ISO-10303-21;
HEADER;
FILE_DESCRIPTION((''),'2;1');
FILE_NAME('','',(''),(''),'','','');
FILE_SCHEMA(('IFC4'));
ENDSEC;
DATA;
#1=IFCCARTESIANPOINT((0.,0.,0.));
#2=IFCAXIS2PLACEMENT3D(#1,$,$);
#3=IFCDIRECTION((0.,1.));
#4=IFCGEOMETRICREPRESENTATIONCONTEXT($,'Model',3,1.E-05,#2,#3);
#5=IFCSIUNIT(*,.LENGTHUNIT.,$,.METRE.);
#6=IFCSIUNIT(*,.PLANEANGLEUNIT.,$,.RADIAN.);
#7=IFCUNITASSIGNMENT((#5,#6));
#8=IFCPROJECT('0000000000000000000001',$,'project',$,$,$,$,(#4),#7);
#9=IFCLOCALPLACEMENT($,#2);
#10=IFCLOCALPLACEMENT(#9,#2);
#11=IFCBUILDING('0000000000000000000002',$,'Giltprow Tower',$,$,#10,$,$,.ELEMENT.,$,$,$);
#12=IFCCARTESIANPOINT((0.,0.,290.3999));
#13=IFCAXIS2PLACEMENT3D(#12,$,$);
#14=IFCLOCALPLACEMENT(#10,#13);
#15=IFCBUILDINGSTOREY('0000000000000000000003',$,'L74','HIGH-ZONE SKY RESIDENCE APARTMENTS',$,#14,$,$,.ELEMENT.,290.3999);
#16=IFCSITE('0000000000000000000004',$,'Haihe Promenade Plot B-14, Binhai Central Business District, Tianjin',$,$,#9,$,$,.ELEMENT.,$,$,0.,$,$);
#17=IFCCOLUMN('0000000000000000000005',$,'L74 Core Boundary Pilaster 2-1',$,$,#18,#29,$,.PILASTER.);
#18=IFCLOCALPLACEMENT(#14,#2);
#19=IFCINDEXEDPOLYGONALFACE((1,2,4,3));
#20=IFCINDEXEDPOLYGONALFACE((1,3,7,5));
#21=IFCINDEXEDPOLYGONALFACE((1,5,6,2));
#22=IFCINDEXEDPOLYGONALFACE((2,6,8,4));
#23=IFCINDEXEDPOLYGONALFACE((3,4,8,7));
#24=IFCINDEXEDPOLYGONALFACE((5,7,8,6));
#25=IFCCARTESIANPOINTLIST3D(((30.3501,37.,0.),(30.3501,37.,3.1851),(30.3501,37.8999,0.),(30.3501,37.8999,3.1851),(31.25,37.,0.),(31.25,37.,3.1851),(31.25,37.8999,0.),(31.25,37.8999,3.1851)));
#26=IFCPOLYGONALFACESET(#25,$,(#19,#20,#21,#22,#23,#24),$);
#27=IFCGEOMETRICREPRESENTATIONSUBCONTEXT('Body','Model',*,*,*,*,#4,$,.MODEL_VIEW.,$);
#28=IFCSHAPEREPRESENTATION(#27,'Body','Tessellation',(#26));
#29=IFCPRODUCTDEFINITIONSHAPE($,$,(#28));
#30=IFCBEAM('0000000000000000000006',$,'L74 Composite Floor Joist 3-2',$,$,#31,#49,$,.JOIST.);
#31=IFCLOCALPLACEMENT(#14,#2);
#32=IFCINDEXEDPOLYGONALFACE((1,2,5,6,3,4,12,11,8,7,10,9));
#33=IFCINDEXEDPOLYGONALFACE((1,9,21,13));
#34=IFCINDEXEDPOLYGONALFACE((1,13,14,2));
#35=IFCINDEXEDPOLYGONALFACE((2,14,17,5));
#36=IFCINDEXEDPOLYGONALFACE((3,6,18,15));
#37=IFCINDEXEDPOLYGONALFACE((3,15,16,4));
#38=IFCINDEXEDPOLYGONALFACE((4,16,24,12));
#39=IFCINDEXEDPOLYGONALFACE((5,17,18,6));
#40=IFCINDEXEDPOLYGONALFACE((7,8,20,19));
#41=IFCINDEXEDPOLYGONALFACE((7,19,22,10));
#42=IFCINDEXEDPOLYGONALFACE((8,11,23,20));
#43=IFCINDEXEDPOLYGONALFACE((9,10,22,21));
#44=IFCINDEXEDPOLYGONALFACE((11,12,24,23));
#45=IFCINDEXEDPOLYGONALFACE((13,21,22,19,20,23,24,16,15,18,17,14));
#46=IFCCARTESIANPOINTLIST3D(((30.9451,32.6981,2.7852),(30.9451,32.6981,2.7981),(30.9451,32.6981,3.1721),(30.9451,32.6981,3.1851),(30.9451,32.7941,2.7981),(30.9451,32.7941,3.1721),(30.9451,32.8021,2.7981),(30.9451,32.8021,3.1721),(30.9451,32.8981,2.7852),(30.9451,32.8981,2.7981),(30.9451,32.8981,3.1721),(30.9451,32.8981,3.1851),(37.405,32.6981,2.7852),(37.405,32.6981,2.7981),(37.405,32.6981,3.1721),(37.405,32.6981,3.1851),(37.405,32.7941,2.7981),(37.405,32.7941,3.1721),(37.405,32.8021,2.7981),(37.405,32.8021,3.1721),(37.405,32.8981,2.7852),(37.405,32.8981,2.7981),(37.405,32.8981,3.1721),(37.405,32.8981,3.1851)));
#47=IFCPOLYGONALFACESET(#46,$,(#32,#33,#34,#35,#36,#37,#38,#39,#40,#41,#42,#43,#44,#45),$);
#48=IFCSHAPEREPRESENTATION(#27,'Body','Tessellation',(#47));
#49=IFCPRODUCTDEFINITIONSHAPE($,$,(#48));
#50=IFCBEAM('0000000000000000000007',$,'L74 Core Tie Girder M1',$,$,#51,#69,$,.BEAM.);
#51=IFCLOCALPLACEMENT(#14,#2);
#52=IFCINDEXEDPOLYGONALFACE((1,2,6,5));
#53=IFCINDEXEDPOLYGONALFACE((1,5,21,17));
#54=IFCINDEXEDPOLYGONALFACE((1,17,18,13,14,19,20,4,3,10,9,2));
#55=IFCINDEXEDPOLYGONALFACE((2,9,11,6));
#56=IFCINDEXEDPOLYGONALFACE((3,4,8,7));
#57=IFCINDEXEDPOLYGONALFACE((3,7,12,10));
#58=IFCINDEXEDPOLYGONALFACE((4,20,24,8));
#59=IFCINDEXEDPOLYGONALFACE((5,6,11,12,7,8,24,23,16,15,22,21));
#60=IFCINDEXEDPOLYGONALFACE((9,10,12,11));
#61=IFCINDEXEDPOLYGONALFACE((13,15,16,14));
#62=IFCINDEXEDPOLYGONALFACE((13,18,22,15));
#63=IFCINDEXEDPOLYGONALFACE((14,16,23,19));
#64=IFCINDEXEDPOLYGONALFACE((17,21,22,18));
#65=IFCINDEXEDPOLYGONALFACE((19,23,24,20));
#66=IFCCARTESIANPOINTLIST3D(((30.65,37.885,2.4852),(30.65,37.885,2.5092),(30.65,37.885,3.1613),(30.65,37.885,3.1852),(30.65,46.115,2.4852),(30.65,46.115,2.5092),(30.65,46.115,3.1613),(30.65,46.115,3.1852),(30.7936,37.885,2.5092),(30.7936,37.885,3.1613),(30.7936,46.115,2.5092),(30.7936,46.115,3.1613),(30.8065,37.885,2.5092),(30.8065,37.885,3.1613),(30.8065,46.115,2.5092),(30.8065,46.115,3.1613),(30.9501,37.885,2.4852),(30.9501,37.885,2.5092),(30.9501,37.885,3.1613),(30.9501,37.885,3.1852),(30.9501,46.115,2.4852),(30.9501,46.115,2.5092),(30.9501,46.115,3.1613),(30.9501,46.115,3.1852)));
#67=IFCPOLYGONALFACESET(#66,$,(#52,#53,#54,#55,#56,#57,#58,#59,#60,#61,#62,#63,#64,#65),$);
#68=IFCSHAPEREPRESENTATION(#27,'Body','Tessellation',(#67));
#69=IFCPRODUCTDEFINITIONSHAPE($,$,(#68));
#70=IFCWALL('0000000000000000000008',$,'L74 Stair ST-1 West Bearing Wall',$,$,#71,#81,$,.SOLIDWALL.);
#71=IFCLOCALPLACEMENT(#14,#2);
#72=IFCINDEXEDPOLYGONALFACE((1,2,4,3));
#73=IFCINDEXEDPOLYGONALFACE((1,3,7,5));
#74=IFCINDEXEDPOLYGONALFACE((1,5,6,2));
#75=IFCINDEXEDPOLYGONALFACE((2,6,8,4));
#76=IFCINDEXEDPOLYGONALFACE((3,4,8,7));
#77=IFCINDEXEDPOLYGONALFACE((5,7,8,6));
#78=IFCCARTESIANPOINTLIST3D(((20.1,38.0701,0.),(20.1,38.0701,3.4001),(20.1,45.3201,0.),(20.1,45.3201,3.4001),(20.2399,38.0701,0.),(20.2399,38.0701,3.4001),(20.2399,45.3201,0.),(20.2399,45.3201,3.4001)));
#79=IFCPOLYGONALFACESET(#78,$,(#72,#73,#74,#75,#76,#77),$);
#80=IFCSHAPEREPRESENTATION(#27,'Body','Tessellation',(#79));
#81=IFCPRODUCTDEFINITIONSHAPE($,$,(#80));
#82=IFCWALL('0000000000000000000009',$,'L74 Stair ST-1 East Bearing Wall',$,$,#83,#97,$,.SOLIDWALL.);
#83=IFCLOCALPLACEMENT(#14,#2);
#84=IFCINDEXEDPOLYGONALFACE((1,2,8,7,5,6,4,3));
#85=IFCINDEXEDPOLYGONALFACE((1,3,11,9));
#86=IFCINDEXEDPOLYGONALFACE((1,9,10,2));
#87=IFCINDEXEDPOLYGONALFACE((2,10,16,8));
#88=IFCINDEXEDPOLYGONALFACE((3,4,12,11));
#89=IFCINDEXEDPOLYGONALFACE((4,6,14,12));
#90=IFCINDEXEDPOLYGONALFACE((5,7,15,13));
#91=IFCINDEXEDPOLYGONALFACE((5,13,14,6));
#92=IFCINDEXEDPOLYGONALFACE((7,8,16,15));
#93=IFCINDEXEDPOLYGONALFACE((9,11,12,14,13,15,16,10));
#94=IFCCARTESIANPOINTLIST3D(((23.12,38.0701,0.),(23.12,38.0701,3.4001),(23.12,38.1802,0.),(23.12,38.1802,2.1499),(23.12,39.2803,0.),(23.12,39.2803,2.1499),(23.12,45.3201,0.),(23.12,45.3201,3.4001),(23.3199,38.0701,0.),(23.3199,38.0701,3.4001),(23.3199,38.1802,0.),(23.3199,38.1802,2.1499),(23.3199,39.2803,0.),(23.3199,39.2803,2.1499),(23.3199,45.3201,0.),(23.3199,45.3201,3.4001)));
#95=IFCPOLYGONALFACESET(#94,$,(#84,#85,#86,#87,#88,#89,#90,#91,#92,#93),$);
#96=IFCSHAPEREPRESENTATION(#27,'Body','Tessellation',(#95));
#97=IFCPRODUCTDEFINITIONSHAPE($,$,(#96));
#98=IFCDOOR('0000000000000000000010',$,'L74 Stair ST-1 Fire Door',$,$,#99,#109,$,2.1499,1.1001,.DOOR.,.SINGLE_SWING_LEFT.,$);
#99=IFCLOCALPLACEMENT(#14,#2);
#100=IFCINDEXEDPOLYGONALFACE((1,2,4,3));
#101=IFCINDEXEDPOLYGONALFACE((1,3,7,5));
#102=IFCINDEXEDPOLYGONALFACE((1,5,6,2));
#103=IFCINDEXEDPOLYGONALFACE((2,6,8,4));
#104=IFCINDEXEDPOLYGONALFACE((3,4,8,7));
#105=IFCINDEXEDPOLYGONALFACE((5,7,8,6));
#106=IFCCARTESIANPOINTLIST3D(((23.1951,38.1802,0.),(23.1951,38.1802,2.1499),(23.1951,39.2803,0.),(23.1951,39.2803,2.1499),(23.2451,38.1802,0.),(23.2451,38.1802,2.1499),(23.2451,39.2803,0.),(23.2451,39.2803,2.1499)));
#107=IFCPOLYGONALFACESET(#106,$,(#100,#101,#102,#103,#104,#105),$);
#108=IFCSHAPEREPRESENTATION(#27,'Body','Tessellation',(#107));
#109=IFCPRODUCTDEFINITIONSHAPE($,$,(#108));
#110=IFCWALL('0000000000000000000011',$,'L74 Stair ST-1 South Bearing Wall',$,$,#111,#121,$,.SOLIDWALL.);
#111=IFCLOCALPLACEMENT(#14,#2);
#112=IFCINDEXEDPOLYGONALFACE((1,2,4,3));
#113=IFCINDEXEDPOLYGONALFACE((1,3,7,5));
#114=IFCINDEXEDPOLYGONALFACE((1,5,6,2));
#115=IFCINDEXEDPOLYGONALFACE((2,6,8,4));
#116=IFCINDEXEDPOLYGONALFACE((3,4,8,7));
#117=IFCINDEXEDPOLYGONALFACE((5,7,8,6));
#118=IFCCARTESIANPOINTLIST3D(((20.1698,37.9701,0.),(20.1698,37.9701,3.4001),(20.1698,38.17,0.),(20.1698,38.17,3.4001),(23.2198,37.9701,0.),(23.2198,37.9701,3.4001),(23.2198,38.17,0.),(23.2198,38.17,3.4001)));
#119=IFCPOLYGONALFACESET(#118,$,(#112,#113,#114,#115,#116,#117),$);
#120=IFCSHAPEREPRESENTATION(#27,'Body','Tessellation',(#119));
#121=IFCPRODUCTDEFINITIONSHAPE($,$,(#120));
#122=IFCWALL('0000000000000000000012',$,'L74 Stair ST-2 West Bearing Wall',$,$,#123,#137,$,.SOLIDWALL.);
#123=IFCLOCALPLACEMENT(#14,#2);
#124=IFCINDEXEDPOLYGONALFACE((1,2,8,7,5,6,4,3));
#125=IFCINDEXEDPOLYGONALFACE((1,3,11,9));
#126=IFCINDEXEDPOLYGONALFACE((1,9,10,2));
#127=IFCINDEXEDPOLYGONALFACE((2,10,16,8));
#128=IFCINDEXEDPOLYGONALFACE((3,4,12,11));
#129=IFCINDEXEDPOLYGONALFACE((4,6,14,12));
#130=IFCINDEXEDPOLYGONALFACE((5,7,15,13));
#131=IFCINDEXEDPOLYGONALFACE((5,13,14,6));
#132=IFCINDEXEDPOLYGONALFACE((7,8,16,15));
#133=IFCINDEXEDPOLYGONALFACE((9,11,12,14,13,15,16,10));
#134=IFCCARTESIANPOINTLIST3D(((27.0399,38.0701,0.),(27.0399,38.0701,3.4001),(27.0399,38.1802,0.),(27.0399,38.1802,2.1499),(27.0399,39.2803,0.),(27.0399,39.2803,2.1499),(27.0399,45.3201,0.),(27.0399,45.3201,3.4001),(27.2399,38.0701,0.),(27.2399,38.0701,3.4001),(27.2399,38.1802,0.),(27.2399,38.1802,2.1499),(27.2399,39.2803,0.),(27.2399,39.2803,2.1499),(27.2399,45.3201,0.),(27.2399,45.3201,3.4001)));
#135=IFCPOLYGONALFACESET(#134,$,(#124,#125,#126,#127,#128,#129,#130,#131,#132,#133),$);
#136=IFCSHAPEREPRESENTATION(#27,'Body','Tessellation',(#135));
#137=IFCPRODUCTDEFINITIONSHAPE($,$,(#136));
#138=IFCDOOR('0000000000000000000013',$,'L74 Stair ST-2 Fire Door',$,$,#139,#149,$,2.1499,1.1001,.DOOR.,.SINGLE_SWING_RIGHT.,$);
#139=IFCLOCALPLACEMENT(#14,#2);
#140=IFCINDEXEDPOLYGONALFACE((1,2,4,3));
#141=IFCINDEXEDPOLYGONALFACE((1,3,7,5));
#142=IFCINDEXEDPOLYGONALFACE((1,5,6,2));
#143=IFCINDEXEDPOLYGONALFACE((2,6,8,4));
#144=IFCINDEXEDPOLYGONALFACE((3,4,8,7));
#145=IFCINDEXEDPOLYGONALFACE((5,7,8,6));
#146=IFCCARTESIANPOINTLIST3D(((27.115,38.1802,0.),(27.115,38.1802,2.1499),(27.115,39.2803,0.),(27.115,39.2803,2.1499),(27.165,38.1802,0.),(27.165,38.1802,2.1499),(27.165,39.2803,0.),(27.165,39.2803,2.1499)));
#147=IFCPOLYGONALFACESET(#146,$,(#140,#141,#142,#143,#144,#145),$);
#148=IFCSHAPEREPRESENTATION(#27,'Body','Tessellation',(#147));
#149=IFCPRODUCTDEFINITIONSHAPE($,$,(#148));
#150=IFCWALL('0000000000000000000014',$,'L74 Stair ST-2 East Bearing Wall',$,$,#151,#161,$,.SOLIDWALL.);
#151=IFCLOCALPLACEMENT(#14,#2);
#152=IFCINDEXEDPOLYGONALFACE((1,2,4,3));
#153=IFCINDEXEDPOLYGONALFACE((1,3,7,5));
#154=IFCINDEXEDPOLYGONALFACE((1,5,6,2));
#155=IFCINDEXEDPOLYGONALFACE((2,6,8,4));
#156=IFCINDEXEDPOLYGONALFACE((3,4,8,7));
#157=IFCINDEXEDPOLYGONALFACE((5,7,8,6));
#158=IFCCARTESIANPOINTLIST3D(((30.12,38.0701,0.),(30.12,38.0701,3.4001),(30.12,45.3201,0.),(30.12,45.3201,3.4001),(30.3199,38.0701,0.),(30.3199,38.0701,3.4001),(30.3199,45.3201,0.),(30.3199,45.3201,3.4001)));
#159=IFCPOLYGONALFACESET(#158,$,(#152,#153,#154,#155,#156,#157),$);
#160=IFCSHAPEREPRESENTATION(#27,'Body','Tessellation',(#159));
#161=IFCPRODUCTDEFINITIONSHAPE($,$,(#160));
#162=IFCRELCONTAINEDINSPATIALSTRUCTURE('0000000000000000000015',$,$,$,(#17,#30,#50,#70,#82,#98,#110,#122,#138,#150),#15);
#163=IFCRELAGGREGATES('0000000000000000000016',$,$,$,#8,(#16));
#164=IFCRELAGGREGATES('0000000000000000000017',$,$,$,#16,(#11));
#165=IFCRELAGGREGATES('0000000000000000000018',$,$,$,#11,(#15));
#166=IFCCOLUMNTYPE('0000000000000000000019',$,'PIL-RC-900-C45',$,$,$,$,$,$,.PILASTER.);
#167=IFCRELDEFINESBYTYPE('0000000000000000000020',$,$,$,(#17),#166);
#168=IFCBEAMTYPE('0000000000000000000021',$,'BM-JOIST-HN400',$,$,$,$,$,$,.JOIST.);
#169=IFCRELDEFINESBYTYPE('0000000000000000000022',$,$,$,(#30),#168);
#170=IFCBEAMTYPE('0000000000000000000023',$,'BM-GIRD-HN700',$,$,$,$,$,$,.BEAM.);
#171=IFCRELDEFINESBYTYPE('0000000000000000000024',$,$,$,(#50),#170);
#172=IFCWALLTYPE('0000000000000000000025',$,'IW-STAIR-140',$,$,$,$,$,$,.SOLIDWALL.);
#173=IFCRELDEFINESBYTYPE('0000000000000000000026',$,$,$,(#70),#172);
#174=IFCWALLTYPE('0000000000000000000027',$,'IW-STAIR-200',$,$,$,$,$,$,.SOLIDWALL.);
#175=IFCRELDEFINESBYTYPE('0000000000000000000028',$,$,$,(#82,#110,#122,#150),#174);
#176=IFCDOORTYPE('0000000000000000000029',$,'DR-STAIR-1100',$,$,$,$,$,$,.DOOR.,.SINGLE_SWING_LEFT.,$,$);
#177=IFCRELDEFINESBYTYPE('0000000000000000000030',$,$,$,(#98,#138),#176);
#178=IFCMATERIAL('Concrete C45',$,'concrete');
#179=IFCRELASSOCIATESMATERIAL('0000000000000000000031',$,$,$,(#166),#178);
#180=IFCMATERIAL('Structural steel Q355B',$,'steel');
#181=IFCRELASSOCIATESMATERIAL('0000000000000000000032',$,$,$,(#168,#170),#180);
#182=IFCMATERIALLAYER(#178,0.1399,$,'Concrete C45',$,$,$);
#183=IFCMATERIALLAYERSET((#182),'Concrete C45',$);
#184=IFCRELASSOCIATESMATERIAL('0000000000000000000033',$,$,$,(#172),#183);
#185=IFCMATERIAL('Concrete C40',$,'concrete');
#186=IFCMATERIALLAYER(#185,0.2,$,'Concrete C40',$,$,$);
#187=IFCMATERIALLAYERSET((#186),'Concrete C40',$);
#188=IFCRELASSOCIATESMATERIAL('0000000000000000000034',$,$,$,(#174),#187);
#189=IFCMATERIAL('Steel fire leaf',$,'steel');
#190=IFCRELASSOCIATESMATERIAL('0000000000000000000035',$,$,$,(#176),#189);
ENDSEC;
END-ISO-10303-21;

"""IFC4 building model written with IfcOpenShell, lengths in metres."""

from ifc_helpers import new_model, si_unit, direction, frame, frame_2d, origin, origin_2d, place, context, subcontext, project, spatial, rectangle, i_section, extrude, source, transform, mapped, material, layer, layer_set, material_profile, profile_set, type_object, element, fill, save


model = new_model("IFC4")

# Units and contexts
model_context = context("Model", 3, precision=1e-05, world=origin(), true_north=direction((0.0, 1.0)))
body_context = subcontext(model_context, "Body", "Model", "MODEL_VIEW")
ifc_project = project(units=[si_unit("LENGTHUNIT", "METRE"), si_unit("PLANEANGLEUNIT", "RADIAN")], contexts=[model_context])

# Site, building, storey
site_placement = place(None, origin())
site = spatial("IfcSite", under=ifc_project, at=site_placement, Name="Haihe Promenade Plot B-14, Binhai Central Business District, Tianjin", CompositionType="ELEMENT", RefElevation=0.0)
building_placement = place(site_placement, origin())
building = spatial("IfcBuilding", under=site, at=building_placement, Name="Giltprow Tower", CompositionType="ELEMENT")
storey_placement = place(building_placement, frame((0.0, 0.0, 290.3999)))
storey = spatial("IfcBuildingStorey", under=building, at=storey_placement, Name="L74", Description="HIGH-ZONE SKY RESIDENCE APARTMENTS", CompositionType="ELEMENT", Elevation=290.3999)

# Column
ifc_material_1 = material(Name="Concrete C45", Category="concrete")
ifc_material_profile_1 = material_profile(ifc_material_1, rectangle(XDim=0.8999, YDim=0.8999, at=origin_2d()), Name="RC 900x900")
ifc_profile_set_1 = profile_set([ifc_material_profile_1], Name="Concrete C45")
column_type = type_object("IfcColumnType", Name="PIL-RC-900-C45", PredefinedType="PILASTER", material=ifc_profile_set_1)
shared_shape_1 = source(origin(), body_context, "Body", "SweptSolid", [
    extrude(rectangle(XDim=0.8999, YDim=0.8999, at=origin_2d()), origin(), (0.0, 0.0, 1.0), 3.1851),
])
column_placement = place(storey_placement, frame((30.8, 37.45, 0.0), z_axis=(0.0, 0.0, 1.0), x_axis=(1.0, 0.0, 0.0)))
element("IfcColumn", 1, at=column_placement, inside=storey, type_object=column_type, Name="L74 Core Boundary Pilaster 2-1", PredefinedType="PILASTER", context=body_context, shape_type="MappedRepresentation", body=[
    mapped(shared_shape_1, transform((0.0, 0.0, 0.0), x_axis=(1.0, 0.0, 0.0), y_axis=(0.0, 1.0, 0.0), z_axis=(0.0, 0.0, 1.0), scale=1.0)),
])

# Beams
ifc_material_2 = material(Name="Structural steel Q355B", Category="steel")
ifc_material_profile_2 = material_profile(ifc_material_2, i_section(OverallWidth=0.2, OverallDepth=0.3999, WebThickness=0.0081, FlangeThickness=0.0129, at=origin_2d()), Name="HN 400x200x8x13")
ifc_profile_set_2 = profile_set([ifc_material_profile_2], Name="Structural steel Q355B")
beam_type_1 = type_object("IfcBeamType", Name="BM-JOIST-HN400", PredefinedType="JOIST", material=ifc_profile_set_2)
shared_shape_2 = source(origin(), body_context, "Body", "SweptSolid", [
    extrude(i_section(OverallWidth=0.2, OverallDepth=0.3999, WebThickness=0.0081, FlangeThickness=0.0129, at=origin_2d()), origin(), (0.0, 0.0, 1.0), 6.46),
])
beam_1_placement = place(storey_placement, frame((30.9451, 32.7981, 2.9851), z_axis=(1.0, 0.0, 0.0), x_axis=(0.0, 1.0, 0.0)))
element("IfcBeam", 2, at=beam_1_placement, inside=storey, type_object=beam_type_1, Name="L74 Composite Floor Joist 3-2", PredefinedType="JOIST", context=body_context, shape_type="MappedRepresentation", body=[
    mapped(shared_shape_2, transform((0.0, 0.0, 0.0), x_axis=(1.0, 0.0, 0.0), y_axis=(0.0, 1.0, 0.0), z_axis=(0.0, 0.0, 1.0), scale=1.0)),
])
ifc_material_profile_3 = material_profile(ifc_material_2, i_section(OverallWidth=0.3, OverallDepth=0.7, WebThickness=0.0129, FlangeThickness=0.0239, at=origin_2d()), Name="HN 700x300x13x24")
ifc_profile_set_3 = profile_set([ifc_material_profile_3], Name="Structural steel Q355B")
beam_type_2 = type_object("IfcBeamType", Name="BM-GIRD-HN700", PredefinedType="BEAM", material=ifc_profile_set_3)
shared_shape_3 = source(origin(), body_context, "Body", "SweptSolid", [
    extrude(i_section(OverallWidth=0.3, OverallDepth=0.7, WebThickness=0.0129, FlangeThickness=0.0239, at=origin_2d()), origin(), (0.0, 0.0, 1.0), 8.23),
])
beam_2_placement = place(storey_placement, frame((30.8, 37.885, 2.8352), z_axis=(0.0, 1.0, 0.0), x_axis=(-1.0, 0.0, 0.0)))
element("IfcBeam", 3, at=beam_2_placement, inside=storey, type_object=beam_type_2, Name="L74 Core Tie Girder M1", PredefinedType="BEAM", context=body_context, shape_type="MappedRepresentation", body=[
    mapped(shared_shape_3, transform((0.0, 0.0, 0.0), x_axis=(1.0, 0.0, 0.0), y_axis=(0.0, 1.0, 0.0), z_axis=(0.0, 0.0, 1.0), scale=1.0)),
])

# Wall
ifc_layer_1 = layer(ifc_material_1, 0.1399, Name="Concrete C45")
ifc_layer_set_1 = layer_set([ifc_layer_1], Name="Concrete C45")
wall_type_1 = type_object("IfcWallType", Name="IW-STAIR-140", PredefinedType="SOLIDWALL", material=ifc_layer_set_1)
wall_1_placement = place(storey_placement, frame((20.1699, 38.0701, 0.0), z_axis=(0.0, 0.0, 1.0), x_axis=(0.0, 1.0, 0.0)))
element("IfcWall", 4, at=wall_1_placement, inside=storey, type_object=wall_type_1, Name="L74 Stair ST-1 West Bearing Wall", PredefinedType="SOLIDWALL", context=body_context, shape_type="SweptSolid", body=[
    extrude(rectangle(XDim=7.25, YDim=0.1399, at=frame_2d((3.625, 0.0))), origin(), (0.0, 0.0, 1.0), 3.4001),
])

# Wall, opening, door
ifc_material_3 = material(Name="Concrete C40", Category="concrete")
ifc_layer_2 = layer(ifc_material_3, 0.2, Name="Concrete C40")
ifc_layer_set_2 = layer_set([ifc_layer_2], Name="Concrete C40")
wall_type_2 = type_object("IfcWallType", Name="IW-STAIR-200", PredefinedType="SOLIDWALL", material=ifc_layer_set_2)
wall_2_placement = place(storey_placement, frame((23.22, 38.0701, 0.0), z_axis=(0.0, 0.0, 1.0), x_axis=(0.0, 1.0, 0.0)))
wall_2 = element("IfcWall", 5, at=wall_2_placement, inside=storey, type_object=wall_type_2, Name="L74 Stair ST-1 East Bearing Wall", PredefinedType="SOLIDWALL", context=body_context, shape_type="SweptSolid", body=[
    extrude(rectangle(XDim=7.25, YDim=0.2, at=frame_2d((3.625, 0.0))), origin(), (0.0, 0.0, 1.0), 3.4001),
])
opening_1_placement = place(wall_2_placement, frame((0.1101, 0.0, 0.0)))
opening_1 = element("IfcOpeningElement", 6, at=opening_1_placement, cuts=wall_2, PredefinedType="OPENING", context=body_context, shape_type="SweptSolid", body=[
    extrude(rectangle(XDim=1.1001, YDim=2.1499, at=frame_2d((0.55, 1.075))), frame((0.0, 0.1099, 0.0), z_axis=(0.0, -1.0, 0.0), x_axis=(1.0, 0.0, 0.0)), (0.0, 0.0, 1.0), 0.22),
])
ifc_material_4 = material(Name="Steel fire leaf", Category="steel")
door_type_1 = type_object("IfcDoorType", Name="DR-STAIR-1100", OperationType="SINGLE_SWING_LEFT", PredefinedType="DOOR", material=ifc_material_4)
shared_shape_4 = source(origin(), body_context, "Body", "SweptSolid", [
    extrude(rectangle(XDim=1.1001, YDim=2.1499, at=frame_2d((0.55, 1.075))), frame((0.0, 0.0249, 0.0), z_axis=(0.0, -1.0, 0.0), x_axis=(1.0, 0.0, 0.0)), (0.0, 0.0, 1.0), 0.05),
])
door_1_placement = place(opening_1_placement, origin())
door_1 = element("IfcDoor", 7, at=door_1_placement, inside=storey, type_object=door_type_1, Name="L74 Stair ST-1 Fire Door", OperationType="SINGLE_SWING_LEFT", OverallHeight=2.1499, OverallWidth=1.1001, PredefinedType="DOOR", context=body_context, shape_type="MappedRepresentation", body=[
    mapped(shared_shape_4, transform((0.0, 0.0, 0.0), x_axis=(1.0, 0.0, 0.0), y_axis=(0.0, 1.0, 0.0), z_axis=(0.0, 0.0, 1.0), scale=1.0)),
])
fill(opening_1, door_1)

# Wall
wall_3_placement = place(storey_placement, frame((20.1699, 38.0701, 0.0), z_axis=(0.0, 0.0, 1.0), x_axis=(1.0, 0.0, 0.0)))
element("IfcWall", 8, at=wall_3_placement, inside=storey, type_object=wall_type_2, Name="L74 Stair ST-1 South Bearing Wall", PredefinedType="SOLIDWALL", context=body_context, shape_type="SweptSolid", body=[
    extrude(rectangle(XDim=3.05, YDim=0.2, at=frame_2d((1.5249, 0.0))), origin(), (0.0, 0.0, 1.0), 3.4001),
])

# Wall, opening, door
wall_4_placement = place(storey_placement, frame((27.1399, 38.0701, 0.0), z_axis=(0.0, 0.0, 1.0), x_axis=(0.0, 1.0, 0.0)))
wall_4 = element("IfcWall", 9, at=wall_4_placement, inside=storey, type_object=wall_type_2, Name="L74 Stair ST-2 West Bearing Wall", PredefinedType="SOLIDWALL", context=body_context, shape_type="SweptSolid", body=[
    extrude(rectangle(XDim=7.25, YDim=0.2, at=frame_2d((3.625, 0.0))), origin(), (0.0, 0.0, 1.0), 3.4001),
])
opening_2_placement = place(wall_4_placement, frame((0.1101, 0.0, 0.0)))
opening_2 = element("IfcOpeningElement", 10, at=opening_2_placement, cuts=wall_4, PredefinedType="OPENING", context=body_context, shape_type="SweptSolid", body=[
    extrude(rectangle(XDim=1.1001, YDim=2.1499, at=frame_2d((0.55, 1.075))), frame((0.0, 0.1099, 0.0), z_axis=(0.0, -1.0, 0.0), x_axis=(1.0, 0.0, 0.0)), (0.0, 0.0, 1.0), 0.22),
])
door_2_placement = place(opening_2_placement, origin())
door_2 = element("IfcDoor", 11, at=door_2_placement, inside=storey, type_object=door_type_1, Name="L74 Stair ST-2 Fire Door", OperationType="SINGLE_SWING_RIGHT", OverallHeight=2.1499, OverallWidth=1.1001, PredefinedType="DOOR", context=body_context, shape_type="MappedRepresentation", body=[
    mapped(shared_shape_4, transform((0.0, 0.0, 0.0), x_axis=(1.0, 0.0, 0.0), y_axis=(0.0, 1.0, 0.0), z_axis=(0.0, 0.0, 1.0), scale=1.0)),
])
fill(opening_2, door_2)

# Wall
wall_5_placement = place(storey_placement, frame((30.22, 38.0701, 0.0), z_axis=(0.0, 0.0, 1.0), x_axis=(0.0, 1.0, 0.0)))
element("IfcWall", 12, at=wall_5_placement, inside=storey, type_object=wall_type_2, Name="L74 Stair ST-2 East Bearing Wall", PredefinedType="SOLIDWALL", context=body_context, shape_type="SweptSolid", body=[
    extrude(rectangle(XDim=7.25, YDim=0.2, at=frame_2d((3.625, 0.0))), origin(), (0.0, 0.0, 1.0), 3.4001),
])

save(model, "model.ifc")
